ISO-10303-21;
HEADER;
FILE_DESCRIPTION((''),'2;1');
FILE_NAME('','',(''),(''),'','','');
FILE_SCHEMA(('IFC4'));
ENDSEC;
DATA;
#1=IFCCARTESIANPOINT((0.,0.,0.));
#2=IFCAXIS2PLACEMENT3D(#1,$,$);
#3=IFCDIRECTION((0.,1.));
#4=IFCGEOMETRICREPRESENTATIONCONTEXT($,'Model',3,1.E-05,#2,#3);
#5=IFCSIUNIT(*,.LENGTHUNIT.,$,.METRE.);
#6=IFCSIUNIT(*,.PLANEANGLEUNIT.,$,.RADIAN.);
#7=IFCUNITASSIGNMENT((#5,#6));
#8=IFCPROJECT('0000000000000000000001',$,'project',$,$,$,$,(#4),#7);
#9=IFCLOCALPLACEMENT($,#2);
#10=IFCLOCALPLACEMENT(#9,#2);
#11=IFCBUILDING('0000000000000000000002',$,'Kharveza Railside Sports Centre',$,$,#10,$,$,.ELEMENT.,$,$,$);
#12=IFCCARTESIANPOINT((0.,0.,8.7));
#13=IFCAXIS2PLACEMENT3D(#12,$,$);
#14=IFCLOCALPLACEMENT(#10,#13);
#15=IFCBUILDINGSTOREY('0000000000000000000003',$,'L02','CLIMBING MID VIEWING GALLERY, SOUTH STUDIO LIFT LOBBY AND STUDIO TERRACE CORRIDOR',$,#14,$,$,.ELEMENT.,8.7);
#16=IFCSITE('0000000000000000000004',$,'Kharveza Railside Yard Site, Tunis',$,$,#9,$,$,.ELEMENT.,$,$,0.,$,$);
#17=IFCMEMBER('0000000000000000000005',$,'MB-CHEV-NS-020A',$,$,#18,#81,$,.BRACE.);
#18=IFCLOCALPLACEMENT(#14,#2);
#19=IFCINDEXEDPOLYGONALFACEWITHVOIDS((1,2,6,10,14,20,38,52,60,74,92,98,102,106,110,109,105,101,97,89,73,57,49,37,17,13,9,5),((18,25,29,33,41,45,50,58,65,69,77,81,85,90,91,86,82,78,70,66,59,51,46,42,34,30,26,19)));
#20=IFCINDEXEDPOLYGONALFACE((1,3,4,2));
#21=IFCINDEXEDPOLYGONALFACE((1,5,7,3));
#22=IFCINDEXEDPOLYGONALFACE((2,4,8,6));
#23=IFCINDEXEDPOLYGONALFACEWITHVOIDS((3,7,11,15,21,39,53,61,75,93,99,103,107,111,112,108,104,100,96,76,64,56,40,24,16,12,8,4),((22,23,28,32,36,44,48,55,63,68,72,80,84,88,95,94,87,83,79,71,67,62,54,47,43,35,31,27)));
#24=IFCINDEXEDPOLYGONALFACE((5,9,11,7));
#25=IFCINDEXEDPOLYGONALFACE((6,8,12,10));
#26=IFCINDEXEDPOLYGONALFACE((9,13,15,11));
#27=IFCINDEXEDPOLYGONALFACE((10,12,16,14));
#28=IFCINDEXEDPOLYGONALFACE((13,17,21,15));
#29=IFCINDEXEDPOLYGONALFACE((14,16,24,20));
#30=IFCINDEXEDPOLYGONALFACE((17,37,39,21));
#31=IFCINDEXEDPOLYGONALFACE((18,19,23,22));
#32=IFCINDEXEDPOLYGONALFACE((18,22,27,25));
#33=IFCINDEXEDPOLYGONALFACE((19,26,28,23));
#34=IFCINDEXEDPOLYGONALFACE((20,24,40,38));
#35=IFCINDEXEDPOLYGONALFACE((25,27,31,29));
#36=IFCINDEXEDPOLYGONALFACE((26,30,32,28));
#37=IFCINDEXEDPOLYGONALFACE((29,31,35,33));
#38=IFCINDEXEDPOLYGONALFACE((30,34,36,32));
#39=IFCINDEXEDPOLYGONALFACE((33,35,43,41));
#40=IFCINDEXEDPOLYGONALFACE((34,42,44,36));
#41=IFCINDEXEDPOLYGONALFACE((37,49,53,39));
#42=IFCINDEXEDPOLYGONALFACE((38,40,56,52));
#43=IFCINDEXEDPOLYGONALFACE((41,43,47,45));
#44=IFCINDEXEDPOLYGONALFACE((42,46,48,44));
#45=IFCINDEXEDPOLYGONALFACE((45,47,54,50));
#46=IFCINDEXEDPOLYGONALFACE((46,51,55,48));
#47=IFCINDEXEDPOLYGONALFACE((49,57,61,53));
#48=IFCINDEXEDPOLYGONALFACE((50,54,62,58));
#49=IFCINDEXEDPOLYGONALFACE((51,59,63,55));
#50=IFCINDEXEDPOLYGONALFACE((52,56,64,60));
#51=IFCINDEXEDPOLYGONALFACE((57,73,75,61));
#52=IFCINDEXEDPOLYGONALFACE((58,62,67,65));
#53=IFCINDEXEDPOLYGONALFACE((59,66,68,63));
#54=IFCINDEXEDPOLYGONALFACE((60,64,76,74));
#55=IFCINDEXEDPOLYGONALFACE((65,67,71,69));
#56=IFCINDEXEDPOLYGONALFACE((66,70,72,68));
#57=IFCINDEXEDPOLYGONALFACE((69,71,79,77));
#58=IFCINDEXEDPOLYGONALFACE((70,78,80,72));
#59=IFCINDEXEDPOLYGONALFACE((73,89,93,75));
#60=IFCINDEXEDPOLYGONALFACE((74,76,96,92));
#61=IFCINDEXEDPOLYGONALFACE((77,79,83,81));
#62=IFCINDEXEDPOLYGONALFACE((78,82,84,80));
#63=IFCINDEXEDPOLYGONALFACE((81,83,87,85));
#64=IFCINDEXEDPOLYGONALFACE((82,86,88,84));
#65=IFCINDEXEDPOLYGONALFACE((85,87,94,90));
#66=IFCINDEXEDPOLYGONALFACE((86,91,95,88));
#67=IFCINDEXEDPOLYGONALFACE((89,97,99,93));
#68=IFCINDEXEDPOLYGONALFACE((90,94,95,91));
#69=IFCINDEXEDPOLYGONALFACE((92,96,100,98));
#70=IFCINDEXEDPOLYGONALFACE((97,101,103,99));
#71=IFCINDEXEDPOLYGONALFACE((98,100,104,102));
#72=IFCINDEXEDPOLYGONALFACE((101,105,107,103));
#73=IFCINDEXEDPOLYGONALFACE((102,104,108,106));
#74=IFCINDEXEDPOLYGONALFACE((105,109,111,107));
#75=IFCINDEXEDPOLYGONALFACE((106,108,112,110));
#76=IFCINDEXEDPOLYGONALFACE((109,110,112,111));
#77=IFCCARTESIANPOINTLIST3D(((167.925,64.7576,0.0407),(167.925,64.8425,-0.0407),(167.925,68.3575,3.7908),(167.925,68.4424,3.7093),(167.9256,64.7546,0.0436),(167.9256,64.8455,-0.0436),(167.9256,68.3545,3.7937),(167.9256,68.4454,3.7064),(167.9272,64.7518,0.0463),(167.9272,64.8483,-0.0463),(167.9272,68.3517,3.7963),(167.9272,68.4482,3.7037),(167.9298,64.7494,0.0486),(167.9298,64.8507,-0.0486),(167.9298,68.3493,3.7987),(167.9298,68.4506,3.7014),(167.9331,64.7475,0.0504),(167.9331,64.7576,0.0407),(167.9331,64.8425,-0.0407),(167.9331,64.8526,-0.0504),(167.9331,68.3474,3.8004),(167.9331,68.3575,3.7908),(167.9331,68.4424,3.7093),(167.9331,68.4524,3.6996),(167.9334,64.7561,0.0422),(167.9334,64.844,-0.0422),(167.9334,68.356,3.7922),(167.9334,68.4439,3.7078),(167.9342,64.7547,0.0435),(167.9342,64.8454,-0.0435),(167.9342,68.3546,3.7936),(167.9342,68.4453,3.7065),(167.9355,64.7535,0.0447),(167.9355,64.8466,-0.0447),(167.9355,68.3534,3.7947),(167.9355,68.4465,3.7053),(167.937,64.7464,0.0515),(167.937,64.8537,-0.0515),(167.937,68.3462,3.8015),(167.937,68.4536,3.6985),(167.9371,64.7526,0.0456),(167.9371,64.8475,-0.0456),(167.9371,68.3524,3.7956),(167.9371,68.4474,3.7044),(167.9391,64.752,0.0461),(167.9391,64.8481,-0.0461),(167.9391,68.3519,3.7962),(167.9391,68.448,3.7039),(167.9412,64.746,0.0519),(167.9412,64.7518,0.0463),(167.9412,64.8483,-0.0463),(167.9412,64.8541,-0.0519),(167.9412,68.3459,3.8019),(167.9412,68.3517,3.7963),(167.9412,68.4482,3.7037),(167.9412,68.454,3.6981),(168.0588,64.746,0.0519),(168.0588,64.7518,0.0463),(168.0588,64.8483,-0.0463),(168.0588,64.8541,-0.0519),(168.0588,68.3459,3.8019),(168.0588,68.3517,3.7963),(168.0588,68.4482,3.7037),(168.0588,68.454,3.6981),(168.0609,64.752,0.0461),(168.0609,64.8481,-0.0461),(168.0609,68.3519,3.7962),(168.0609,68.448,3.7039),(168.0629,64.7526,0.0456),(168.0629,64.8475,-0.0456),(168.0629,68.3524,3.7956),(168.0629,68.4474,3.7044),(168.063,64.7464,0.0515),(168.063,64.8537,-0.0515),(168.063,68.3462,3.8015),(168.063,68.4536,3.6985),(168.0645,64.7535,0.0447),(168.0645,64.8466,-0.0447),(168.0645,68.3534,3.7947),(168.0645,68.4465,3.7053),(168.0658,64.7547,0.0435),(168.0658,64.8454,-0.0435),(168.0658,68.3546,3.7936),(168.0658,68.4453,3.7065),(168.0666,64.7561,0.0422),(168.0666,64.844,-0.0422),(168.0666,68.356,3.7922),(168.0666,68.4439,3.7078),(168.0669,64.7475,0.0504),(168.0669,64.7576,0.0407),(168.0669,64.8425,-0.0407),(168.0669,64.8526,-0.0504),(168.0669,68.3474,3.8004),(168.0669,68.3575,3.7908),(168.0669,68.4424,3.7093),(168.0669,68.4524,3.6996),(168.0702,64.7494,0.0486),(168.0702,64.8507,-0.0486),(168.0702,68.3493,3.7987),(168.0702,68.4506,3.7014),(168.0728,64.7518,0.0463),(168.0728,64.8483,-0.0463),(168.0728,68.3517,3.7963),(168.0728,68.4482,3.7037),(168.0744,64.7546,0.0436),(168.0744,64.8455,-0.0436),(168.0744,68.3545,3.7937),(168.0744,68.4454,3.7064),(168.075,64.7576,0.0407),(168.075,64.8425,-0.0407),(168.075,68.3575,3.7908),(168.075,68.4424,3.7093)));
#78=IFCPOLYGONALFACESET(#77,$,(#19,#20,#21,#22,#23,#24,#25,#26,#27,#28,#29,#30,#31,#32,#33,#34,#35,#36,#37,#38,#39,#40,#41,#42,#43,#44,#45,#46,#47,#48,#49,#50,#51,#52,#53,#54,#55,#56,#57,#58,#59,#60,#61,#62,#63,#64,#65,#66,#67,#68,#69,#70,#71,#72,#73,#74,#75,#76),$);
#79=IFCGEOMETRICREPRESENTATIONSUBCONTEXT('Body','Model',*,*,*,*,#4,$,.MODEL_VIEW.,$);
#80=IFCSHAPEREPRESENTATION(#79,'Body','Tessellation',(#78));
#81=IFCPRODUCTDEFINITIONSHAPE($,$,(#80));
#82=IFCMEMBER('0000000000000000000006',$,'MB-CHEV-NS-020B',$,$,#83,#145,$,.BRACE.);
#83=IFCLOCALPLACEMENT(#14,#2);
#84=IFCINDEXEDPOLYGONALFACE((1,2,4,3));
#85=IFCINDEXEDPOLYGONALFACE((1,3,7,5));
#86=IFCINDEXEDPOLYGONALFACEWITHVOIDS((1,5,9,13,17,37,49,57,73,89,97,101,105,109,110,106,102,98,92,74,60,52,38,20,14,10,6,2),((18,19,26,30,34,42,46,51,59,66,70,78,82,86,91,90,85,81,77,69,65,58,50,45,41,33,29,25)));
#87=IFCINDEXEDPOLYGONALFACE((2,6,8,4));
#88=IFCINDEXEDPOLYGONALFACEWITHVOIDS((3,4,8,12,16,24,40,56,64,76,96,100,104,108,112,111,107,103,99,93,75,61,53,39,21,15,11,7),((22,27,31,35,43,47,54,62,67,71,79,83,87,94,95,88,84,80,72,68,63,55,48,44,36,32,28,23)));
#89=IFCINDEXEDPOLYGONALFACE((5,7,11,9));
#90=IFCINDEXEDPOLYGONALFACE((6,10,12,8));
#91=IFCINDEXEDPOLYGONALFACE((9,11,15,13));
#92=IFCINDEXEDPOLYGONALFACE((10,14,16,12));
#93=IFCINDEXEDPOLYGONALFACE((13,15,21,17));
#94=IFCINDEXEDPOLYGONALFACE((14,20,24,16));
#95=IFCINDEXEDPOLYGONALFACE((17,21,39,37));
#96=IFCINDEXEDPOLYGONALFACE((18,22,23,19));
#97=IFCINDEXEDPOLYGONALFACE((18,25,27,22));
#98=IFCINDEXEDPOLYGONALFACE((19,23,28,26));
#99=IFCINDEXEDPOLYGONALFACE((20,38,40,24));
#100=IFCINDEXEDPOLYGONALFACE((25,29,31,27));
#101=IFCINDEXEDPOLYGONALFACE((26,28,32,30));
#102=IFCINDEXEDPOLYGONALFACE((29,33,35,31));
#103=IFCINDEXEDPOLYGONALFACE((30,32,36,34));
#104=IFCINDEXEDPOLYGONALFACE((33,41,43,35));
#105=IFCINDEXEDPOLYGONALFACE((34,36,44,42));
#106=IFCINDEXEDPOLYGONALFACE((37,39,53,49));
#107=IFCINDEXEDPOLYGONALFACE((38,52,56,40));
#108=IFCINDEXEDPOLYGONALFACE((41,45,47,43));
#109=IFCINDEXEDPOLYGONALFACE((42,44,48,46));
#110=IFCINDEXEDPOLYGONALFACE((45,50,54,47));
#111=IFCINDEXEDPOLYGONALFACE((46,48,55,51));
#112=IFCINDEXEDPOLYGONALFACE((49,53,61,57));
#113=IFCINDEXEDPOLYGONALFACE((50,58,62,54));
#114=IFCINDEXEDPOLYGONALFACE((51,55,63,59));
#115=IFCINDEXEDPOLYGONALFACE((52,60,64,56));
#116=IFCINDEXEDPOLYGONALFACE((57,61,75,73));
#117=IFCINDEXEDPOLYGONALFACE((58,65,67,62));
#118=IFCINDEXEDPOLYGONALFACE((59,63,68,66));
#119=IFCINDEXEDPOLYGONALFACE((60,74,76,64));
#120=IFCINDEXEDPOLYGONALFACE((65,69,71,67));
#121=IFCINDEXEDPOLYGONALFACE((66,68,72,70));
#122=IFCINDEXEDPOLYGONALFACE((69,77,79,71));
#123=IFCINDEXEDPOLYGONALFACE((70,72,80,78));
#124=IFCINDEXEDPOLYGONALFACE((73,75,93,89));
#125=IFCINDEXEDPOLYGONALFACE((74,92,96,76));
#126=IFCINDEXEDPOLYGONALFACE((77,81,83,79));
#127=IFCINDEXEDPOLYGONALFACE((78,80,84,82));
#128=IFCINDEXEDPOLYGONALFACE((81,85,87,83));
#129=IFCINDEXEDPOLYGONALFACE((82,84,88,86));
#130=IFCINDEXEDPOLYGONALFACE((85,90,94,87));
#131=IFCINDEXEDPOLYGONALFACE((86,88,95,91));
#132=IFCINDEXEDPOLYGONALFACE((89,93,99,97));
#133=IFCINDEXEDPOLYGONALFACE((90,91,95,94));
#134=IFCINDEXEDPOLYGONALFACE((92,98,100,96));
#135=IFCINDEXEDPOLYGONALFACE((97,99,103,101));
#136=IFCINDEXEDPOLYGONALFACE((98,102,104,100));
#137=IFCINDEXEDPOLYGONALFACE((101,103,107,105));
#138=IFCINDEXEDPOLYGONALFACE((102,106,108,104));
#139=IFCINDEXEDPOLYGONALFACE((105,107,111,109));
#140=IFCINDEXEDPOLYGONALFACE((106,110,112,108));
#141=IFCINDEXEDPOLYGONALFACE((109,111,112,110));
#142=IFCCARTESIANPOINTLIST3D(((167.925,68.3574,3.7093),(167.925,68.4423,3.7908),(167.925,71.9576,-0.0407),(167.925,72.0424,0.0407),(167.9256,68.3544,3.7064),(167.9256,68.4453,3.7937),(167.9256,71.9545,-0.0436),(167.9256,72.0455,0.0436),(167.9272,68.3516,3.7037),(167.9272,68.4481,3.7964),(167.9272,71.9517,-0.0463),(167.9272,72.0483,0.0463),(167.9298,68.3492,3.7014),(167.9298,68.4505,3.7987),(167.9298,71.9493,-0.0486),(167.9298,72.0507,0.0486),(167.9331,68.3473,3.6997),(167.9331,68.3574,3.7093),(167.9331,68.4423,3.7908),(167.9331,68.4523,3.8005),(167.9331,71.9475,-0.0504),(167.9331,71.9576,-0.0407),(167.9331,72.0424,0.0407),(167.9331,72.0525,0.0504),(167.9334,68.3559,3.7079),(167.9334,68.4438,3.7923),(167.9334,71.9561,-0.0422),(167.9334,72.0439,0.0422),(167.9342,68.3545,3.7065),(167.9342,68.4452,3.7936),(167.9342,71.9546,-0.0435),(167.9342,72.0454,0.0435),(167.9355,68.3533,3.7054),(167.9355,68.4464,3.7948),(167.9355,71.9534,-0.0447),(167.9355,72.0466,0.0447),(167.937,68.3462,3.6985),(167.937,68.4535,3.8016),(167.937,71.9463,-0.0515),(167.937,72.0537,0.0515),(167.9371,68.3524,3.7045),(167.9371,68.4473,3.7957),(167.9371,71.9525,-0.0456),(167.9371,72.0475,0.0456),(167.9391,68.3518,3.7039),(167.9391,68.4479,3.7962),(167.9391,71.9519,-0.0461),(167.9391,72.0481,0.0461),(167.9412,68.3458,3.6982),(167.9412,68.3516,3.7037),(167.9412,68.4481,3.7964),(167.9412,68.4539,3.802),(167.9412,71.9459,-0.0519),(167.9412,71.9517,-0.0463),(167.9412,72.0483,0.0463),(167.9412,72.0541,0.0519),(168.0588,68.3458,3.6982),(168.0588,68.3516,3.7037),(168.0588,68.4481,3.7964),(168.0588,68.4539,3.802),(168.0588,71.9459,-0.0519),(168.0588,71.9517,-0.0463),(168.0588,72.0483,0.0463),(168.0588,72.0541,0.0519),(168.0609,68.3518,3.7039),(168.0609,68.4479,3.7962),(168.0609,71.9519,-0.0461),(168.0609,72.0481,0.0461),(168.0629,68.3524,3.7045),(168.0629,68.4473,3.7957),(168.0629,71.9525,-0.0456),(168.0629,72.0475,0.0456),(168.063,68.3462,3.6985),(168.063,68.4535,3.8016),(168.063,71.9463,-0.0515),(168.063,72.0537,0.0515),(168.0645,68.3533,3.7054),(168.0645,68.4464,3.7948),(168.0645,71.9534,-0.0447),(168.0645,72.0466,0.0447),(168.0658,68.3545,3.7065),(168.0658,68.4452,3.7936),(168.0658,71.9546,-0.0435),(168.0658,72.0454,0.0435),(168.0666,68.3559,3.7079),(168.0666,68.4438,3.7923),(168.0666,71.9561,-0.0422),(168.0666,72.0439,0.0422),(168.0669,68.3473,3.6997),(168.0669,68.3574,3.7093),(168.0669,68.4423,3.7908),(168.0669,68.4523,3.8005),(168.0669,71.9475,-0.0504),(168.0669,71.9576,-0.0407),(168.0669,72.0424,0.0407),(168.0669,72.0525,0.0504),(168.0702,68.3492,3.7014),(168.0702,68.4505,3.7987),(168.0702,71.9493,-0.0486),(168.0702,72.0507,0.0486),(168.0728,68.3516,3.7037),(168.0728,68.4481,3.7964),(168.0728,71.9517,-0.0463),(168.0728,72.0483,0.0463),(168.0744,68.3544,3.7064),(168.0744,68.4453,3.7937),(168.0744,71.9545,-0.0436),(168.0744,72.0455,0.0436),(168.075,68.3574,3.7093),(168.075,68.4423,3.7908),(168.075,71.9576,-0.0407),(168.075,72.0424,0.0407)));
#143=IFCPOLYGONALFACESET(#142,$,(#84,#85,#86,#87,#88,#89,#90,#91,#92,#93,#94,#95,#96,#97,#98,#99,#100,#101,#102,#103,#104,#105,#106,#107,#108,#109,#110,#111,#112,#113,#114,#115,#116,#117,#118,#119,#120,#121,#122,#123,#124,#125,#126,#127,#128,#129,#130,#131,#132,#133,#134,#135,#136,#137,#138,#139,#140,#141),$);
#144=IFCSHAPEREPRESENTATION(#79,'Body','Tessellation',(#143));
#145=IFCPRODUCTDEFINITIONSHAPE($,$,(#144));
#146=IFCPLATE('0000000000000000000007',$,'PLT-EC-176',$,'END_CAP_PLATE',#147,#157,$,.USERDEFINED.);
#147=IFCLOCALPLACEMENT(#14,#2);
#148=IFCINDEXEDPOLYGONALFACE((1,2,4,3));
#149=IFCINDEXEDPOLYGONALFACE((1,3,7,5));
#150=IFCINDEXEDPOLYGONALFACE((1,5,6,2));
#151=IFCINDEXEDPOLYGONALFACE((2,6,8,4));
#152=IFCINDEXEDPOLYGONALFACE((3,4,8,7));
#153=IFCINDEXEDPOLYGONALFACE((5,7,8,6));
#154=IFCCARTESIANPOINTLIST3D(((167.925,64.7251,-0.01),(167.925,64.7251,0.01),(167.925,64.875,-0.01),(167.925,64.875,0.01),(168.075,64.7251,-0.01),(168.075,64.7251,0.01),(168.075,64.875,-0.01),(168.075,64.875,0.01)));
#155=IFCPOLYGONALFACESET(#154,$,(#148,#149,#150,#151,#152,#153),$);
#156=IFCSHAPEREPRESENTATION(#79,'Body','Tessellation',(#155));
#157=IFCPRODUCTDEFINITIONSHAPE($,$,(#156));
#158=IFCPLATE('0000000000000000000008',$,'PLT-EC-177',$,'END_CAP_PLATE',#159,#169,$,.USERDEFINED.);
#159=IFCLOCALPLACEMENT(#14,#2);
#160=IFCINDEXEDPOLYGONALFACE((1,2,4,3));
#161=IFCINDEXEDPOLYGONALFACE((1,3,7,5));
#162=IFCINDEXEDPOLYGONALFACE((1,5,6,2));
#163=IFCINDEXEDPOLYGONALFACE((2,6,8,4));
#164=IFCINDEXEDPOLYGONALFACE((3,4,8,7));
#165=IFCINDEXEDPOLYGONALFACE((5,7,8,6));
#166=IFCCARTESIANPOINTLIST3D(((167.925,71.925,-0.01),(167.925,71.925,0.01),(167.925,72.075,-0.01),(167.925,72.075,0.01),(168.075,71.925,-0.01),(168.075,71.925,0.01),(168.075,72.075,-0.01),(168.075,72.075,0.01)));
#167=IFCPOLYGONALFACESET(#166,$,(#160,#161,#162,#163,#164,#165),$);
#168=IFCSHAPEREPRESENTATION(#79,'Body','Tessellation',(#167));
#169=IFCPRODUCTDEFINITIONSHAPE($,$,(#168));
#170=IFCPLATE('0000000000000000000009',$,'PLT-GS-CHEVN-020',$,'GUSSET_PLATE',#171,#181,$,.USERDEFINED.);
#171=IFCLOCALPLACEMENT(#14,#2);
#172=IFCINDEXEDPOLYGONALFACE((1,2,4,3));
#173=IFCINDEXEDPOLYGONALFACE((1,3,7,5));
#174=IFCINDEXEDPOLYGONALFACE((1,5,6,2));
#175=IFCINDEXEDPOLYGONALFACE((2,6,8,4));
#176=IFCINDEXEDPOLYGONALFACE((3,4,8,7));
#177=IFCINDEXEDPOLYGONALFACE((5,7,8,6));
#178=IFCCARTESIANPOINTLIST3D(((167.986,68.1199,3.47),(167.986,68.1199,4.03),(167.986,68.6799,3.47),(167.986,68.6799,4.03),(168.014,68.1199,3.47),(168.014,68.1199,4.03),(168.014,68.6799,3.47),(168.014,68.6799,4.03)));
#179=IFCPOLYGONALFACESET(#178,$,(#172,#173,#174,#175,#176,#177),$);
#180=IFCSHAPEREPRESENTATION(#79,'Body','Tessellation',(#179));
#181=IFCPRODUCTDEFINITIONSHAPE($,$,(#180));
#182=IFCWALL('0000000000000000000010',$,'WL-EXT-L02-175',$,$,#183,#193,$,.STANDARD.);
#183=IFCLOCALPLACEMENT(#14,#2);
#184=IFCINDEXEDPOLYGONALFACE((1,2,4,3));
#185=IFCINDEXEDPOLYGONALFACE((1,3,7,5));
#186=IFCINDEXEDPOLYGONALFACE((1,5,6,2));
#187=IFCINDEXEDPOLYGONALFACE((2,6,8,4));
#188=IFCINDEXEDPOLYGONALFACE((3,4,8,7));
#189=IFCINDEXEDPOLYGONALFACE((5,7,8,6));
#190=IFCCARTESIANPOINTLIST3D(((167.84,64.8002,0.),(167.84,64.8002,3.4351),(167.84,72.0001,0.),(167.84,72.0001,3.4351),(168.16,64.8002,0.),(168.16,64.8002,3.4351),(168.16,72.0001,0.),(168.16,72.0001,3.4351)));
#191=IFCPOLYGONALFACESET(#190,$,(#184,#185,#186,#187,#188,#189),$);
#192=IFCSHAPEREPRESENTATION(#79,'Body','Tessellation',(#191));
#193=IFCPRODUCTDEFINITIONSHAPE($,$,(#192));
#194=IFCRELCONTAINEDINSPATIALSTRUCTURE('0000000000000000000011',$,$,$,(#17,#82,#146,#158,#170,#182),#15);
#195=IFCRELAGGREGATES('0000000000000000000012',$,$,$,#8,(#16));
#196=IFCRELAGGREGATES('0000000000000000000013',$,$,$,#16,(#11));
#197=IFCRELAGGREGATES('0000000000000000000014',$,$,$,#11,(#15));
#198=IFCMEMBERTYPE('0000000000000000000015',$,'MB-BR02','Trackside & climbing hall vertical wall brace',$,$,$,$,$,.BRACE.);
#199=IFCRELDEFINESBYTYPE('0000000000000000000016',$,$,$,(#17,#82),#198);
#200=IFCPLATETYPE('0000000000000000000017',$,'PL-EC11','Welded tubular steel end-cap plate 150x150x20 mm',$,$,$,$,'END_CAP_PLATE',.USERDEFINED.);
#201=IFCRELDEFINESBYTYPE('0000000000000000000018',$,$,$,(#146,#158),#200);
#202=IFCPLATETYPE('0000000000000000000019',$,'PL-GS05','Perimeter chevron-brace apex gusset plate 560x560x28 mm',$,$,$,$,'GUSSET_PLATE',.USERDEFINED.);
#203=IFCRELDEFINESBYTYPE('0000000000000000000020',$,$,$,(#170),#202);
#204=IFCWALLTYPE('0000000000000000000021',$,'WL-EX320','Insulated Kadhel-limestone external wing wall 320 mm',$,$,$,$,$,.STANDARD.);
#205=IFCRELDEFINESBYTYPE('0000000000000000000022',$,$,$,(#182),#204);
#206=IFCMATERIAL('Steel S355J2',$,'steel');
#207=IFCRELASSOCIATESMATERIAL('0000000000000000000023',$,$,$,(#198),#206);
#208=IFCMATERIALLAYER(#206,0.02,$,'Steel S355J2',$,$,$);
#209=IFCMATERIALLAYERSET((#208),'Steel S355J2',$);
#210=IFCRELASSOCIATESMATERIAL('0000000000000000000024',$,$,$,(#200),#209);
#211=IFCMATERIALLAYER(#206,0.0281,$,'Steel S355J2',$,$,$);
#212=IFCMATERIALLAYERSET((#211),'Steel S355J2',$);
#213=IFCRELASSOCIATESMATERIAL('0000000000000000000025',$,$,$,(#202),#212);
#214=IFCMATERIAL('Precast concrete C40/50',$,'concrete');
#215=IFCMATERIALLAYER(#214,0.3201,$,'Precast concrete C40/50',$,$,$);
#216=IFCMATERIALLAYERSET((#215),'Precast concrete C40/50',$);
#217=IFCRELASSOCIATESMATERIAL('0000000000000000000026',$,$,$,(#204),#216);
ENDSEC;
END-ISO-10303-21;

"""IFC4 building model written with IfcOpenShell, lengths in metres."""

from ifc_helpers import new_model, si_unit, direction, frame, frame_2d, origin, origin_2d, place, context, subcontext, project, spatial, rectangle, hollow_rectangle, extrude, material, layer, layer_set, material_profile, profile_set, type_object, element, save


model = new_model("IFC4")

# Units and contexts
model_context = context("Model", 3, precision=1e-05, world=origin(), true_north=direction((0.0, 1.0)))
body_context = subcontext(model_context, "Body", "Model", "MODEL_VIEW")
ifc_project = project(units=[si_unit("LENGTHUNIT", "METRE"), si_unit("PLANEANGLEUNIT", "RADIAN")], contexts=[model_context])

# Site, building, storey
site_placement = place(None, origin())
site = spatial("IfcSite", under=ifc_project, at=site_placement, Name="Kharveza Railside Yard Site, Tunis", CompositionType="ELEMENT", RefElevation=0.0)
building_placement = place(site_placement, origin())
building = spatial("IfcBuilding", under=site, at=building_placement, Name="Kharveza Railside Sports Centre", CompositionType="ELEMENT")
storey_placement = place(building_placement, frame((0.0, 0.0, 8.7)))
storey = spatial("IfcBuildingStorey", under=building, at=storey_placement, Name="L02", Description="CLIMBING MID VIEWING GALLERY, SOUTH STUDIO LIFT LOBBY AND STUDIO TERRACE CORRIDOR", CompositionType="ELEMENT", Elevation=8.7)

# Shared definitions
ifc_material_1 = material(Name="Steel S355J2", Category="steel")

# Members
ifc_material_profile_1 = material_profile(ifc_material_1, hollow_rectangle(XDim=0.1499, YDim=0.1499, WallThickness=0.0081, InnerFilletRadius=0.0081, OuterFilletRadius=0.0161, at=origin_2d()), Name="SHS 150x150x8.0")
ifc_profile_set_1 = profile_set([ifc_material_profile_1], Name="Steel S355J2")
member_type_1 = type_object("IfcMemberType", Name="MB-BR02", Description="Trackside & climbing hall vertical wall brace", PredefinedType="BRACE", material=ifc_profile_set_1)
member_1_placement = place(storey_placement, frame((168.0, 64.8, 0.0), z_axis=(0.0, 0.692517, 0.721401), x_axis=(-1.0, 0.0, 0.0)))
element("IfcMember", 1, at=member_1_placement, inside=storey, type_object=member_type_1, Name="MB-CHEV-NS-020A", PredefinedType="BRACE", context=body_context, shape_type="SweptSolid", body=[
    extrude(hollow_rectangle(XDim=0.1499, YDim=0.1499, WallThickness=0.0081, InnerFilletRadius=0.0081, OuterFilletRadius=0.0161, at=origin_2d()), origin(), (0.0, 0.0, 1.0), 5.1982),
])
member_2_placement = place(storey_placement, frame((168.0, 72.0, 0.0), z_axis=(0.0, -0.692542, 0.721378), x_axis=(1.0, 0.0, 0.0)))
element("IfcMember", 2, at=member_2_placement, inside=storey, type_object=member_type_1, Name="MB-CHEV-NS-020B", PredefinedType="BRACE", context=body_context, shape_type="SweptSolid", body=[
    extrude(hollow_rectangle(XDim=0.1499, YDim=0.1499, WallThickness=0.0081, InnerFilletRadius=0.0081, OuterFilletRadius=0.0161, at=origin_2d()), origin(), (0.0, 0.0, 1.0), 5.1985),
])

# Plates
ifc_layer_1 = layer(ifc_material_1, 0.02, Name="Steel S355J2")
ifc_layer_set_1 = layer_set([ifc_layer_1], Name="Steel S355J2")
plate_type_1 = type_object("IfcPlateType", Name="PL-EC11", Description="Welded tubular steel end-cap plate 150x150x20 mm", ElementType="END_CAP_PLATE", PredefinedType="USERDEFINED", material=ifc_layer_set_1)
for number, where, z_axis, x_axis, name in (
    (3, (168.0, 64.8, -0.01), (0.0, 0.0, 1.0), (1.0, 0.0, 0.0), "PLT-EC-176"),
    (4, (168.0, 72.0, -0.01), (0.0, 0.0, 1.0), (1.0, 0.0, 0.0), "PLT-EC-177"),
):
    element("IfcPlate", number, at=place(storey_placement, frame(where, z_axis=z_axis, x_axis=x_axis)), inside=storey, type_object=plate_type_1, Name=name, ObjectType="END_CAP_PLATE", PredefinedType="USERDEFINED", context=body_context, shape_type="SweptSolid", body=[
        extrude(rectangle(XDim=0.1499, YDim=0.1499, at=origin_2d()), origin(), (0.0, 0.0, 1.0), 0.02),
    ])
ifc_layer_2 = layer(ifc_material_1, 0.0281, Name="Steel S355J2")
ifc_layer_set_2 = layer_set([ifc_layer_2], Name="Steel S355J2")
plate_type_2 = type_object("IfcPlateType", Name="PL-GS05", Description="Perimeter chevron-brace apex gusset plate 560x560x28 mm", ElementType="GUSSET_PLATE", PredefinedType="USERDEFINED", material=ifc_layer_set_2)
plate_placement = place(storey_placement, frame((168.0, 68.3999, 3.47), z_axis=(0.0, 0.0, 1.0), x_axis=(1.0, 0.0, 0.0)))
element("IfcPlate", 5, at=plate_placement, inside=storey, type_object=plate_type_2, Name="PLT-GS-CHEVN-020", ObjectType="GUSSET_PLATE", PredefinedType="USERDEFINED", context=body_context, shape_type="SweptSolid", body=[
    extrude(rectangle(XDim=0.0281, YDim=0.5601, at=origin_2d()), origin(), (0.0, 0.0, 1.0), 0.5601),
])

# Wall
ifc_material_2 = material(Name="Precast concrete C40/50", Category="concrete")
ifc_layer_3 = layer(ifc_material_2, 0.3201, Name="Precast concrete C40/50")
ifc_layer_set_3 = layer_set([ifc_layer_3], Name="Precast concrete C40/50")
wall_type_1 = type_object("IfcWallType", Name="WL-EX320", Description="Insulated Kadhel-limestone external wing wall 320 mm", PredefinedType="STANDARD", material=ifc_layer_set_3)
wall_1_placement = place(storey_placement, frame((168.0, 64.8, 0.0), z_axis=(0.0, 0.0, 1.0), x_axis=(0.0, 1.0, 0.0)))
element("IfcWall", 6, at=wall_1_placement, inside=storey, type_object=wall_type_1, Name="WL-EXT-L02-175", PredefinedType="STANDARD", context=body_context, shape_type="SweptSolid", body=[
    extrude(rectangle(XDim=7.2, YDim=0.3201, at=frame_2d((3.6001, 0.0))), origin(), (0.0, 0.0, 1.0), 3.4351),
])

save(model, "model.ifc")
